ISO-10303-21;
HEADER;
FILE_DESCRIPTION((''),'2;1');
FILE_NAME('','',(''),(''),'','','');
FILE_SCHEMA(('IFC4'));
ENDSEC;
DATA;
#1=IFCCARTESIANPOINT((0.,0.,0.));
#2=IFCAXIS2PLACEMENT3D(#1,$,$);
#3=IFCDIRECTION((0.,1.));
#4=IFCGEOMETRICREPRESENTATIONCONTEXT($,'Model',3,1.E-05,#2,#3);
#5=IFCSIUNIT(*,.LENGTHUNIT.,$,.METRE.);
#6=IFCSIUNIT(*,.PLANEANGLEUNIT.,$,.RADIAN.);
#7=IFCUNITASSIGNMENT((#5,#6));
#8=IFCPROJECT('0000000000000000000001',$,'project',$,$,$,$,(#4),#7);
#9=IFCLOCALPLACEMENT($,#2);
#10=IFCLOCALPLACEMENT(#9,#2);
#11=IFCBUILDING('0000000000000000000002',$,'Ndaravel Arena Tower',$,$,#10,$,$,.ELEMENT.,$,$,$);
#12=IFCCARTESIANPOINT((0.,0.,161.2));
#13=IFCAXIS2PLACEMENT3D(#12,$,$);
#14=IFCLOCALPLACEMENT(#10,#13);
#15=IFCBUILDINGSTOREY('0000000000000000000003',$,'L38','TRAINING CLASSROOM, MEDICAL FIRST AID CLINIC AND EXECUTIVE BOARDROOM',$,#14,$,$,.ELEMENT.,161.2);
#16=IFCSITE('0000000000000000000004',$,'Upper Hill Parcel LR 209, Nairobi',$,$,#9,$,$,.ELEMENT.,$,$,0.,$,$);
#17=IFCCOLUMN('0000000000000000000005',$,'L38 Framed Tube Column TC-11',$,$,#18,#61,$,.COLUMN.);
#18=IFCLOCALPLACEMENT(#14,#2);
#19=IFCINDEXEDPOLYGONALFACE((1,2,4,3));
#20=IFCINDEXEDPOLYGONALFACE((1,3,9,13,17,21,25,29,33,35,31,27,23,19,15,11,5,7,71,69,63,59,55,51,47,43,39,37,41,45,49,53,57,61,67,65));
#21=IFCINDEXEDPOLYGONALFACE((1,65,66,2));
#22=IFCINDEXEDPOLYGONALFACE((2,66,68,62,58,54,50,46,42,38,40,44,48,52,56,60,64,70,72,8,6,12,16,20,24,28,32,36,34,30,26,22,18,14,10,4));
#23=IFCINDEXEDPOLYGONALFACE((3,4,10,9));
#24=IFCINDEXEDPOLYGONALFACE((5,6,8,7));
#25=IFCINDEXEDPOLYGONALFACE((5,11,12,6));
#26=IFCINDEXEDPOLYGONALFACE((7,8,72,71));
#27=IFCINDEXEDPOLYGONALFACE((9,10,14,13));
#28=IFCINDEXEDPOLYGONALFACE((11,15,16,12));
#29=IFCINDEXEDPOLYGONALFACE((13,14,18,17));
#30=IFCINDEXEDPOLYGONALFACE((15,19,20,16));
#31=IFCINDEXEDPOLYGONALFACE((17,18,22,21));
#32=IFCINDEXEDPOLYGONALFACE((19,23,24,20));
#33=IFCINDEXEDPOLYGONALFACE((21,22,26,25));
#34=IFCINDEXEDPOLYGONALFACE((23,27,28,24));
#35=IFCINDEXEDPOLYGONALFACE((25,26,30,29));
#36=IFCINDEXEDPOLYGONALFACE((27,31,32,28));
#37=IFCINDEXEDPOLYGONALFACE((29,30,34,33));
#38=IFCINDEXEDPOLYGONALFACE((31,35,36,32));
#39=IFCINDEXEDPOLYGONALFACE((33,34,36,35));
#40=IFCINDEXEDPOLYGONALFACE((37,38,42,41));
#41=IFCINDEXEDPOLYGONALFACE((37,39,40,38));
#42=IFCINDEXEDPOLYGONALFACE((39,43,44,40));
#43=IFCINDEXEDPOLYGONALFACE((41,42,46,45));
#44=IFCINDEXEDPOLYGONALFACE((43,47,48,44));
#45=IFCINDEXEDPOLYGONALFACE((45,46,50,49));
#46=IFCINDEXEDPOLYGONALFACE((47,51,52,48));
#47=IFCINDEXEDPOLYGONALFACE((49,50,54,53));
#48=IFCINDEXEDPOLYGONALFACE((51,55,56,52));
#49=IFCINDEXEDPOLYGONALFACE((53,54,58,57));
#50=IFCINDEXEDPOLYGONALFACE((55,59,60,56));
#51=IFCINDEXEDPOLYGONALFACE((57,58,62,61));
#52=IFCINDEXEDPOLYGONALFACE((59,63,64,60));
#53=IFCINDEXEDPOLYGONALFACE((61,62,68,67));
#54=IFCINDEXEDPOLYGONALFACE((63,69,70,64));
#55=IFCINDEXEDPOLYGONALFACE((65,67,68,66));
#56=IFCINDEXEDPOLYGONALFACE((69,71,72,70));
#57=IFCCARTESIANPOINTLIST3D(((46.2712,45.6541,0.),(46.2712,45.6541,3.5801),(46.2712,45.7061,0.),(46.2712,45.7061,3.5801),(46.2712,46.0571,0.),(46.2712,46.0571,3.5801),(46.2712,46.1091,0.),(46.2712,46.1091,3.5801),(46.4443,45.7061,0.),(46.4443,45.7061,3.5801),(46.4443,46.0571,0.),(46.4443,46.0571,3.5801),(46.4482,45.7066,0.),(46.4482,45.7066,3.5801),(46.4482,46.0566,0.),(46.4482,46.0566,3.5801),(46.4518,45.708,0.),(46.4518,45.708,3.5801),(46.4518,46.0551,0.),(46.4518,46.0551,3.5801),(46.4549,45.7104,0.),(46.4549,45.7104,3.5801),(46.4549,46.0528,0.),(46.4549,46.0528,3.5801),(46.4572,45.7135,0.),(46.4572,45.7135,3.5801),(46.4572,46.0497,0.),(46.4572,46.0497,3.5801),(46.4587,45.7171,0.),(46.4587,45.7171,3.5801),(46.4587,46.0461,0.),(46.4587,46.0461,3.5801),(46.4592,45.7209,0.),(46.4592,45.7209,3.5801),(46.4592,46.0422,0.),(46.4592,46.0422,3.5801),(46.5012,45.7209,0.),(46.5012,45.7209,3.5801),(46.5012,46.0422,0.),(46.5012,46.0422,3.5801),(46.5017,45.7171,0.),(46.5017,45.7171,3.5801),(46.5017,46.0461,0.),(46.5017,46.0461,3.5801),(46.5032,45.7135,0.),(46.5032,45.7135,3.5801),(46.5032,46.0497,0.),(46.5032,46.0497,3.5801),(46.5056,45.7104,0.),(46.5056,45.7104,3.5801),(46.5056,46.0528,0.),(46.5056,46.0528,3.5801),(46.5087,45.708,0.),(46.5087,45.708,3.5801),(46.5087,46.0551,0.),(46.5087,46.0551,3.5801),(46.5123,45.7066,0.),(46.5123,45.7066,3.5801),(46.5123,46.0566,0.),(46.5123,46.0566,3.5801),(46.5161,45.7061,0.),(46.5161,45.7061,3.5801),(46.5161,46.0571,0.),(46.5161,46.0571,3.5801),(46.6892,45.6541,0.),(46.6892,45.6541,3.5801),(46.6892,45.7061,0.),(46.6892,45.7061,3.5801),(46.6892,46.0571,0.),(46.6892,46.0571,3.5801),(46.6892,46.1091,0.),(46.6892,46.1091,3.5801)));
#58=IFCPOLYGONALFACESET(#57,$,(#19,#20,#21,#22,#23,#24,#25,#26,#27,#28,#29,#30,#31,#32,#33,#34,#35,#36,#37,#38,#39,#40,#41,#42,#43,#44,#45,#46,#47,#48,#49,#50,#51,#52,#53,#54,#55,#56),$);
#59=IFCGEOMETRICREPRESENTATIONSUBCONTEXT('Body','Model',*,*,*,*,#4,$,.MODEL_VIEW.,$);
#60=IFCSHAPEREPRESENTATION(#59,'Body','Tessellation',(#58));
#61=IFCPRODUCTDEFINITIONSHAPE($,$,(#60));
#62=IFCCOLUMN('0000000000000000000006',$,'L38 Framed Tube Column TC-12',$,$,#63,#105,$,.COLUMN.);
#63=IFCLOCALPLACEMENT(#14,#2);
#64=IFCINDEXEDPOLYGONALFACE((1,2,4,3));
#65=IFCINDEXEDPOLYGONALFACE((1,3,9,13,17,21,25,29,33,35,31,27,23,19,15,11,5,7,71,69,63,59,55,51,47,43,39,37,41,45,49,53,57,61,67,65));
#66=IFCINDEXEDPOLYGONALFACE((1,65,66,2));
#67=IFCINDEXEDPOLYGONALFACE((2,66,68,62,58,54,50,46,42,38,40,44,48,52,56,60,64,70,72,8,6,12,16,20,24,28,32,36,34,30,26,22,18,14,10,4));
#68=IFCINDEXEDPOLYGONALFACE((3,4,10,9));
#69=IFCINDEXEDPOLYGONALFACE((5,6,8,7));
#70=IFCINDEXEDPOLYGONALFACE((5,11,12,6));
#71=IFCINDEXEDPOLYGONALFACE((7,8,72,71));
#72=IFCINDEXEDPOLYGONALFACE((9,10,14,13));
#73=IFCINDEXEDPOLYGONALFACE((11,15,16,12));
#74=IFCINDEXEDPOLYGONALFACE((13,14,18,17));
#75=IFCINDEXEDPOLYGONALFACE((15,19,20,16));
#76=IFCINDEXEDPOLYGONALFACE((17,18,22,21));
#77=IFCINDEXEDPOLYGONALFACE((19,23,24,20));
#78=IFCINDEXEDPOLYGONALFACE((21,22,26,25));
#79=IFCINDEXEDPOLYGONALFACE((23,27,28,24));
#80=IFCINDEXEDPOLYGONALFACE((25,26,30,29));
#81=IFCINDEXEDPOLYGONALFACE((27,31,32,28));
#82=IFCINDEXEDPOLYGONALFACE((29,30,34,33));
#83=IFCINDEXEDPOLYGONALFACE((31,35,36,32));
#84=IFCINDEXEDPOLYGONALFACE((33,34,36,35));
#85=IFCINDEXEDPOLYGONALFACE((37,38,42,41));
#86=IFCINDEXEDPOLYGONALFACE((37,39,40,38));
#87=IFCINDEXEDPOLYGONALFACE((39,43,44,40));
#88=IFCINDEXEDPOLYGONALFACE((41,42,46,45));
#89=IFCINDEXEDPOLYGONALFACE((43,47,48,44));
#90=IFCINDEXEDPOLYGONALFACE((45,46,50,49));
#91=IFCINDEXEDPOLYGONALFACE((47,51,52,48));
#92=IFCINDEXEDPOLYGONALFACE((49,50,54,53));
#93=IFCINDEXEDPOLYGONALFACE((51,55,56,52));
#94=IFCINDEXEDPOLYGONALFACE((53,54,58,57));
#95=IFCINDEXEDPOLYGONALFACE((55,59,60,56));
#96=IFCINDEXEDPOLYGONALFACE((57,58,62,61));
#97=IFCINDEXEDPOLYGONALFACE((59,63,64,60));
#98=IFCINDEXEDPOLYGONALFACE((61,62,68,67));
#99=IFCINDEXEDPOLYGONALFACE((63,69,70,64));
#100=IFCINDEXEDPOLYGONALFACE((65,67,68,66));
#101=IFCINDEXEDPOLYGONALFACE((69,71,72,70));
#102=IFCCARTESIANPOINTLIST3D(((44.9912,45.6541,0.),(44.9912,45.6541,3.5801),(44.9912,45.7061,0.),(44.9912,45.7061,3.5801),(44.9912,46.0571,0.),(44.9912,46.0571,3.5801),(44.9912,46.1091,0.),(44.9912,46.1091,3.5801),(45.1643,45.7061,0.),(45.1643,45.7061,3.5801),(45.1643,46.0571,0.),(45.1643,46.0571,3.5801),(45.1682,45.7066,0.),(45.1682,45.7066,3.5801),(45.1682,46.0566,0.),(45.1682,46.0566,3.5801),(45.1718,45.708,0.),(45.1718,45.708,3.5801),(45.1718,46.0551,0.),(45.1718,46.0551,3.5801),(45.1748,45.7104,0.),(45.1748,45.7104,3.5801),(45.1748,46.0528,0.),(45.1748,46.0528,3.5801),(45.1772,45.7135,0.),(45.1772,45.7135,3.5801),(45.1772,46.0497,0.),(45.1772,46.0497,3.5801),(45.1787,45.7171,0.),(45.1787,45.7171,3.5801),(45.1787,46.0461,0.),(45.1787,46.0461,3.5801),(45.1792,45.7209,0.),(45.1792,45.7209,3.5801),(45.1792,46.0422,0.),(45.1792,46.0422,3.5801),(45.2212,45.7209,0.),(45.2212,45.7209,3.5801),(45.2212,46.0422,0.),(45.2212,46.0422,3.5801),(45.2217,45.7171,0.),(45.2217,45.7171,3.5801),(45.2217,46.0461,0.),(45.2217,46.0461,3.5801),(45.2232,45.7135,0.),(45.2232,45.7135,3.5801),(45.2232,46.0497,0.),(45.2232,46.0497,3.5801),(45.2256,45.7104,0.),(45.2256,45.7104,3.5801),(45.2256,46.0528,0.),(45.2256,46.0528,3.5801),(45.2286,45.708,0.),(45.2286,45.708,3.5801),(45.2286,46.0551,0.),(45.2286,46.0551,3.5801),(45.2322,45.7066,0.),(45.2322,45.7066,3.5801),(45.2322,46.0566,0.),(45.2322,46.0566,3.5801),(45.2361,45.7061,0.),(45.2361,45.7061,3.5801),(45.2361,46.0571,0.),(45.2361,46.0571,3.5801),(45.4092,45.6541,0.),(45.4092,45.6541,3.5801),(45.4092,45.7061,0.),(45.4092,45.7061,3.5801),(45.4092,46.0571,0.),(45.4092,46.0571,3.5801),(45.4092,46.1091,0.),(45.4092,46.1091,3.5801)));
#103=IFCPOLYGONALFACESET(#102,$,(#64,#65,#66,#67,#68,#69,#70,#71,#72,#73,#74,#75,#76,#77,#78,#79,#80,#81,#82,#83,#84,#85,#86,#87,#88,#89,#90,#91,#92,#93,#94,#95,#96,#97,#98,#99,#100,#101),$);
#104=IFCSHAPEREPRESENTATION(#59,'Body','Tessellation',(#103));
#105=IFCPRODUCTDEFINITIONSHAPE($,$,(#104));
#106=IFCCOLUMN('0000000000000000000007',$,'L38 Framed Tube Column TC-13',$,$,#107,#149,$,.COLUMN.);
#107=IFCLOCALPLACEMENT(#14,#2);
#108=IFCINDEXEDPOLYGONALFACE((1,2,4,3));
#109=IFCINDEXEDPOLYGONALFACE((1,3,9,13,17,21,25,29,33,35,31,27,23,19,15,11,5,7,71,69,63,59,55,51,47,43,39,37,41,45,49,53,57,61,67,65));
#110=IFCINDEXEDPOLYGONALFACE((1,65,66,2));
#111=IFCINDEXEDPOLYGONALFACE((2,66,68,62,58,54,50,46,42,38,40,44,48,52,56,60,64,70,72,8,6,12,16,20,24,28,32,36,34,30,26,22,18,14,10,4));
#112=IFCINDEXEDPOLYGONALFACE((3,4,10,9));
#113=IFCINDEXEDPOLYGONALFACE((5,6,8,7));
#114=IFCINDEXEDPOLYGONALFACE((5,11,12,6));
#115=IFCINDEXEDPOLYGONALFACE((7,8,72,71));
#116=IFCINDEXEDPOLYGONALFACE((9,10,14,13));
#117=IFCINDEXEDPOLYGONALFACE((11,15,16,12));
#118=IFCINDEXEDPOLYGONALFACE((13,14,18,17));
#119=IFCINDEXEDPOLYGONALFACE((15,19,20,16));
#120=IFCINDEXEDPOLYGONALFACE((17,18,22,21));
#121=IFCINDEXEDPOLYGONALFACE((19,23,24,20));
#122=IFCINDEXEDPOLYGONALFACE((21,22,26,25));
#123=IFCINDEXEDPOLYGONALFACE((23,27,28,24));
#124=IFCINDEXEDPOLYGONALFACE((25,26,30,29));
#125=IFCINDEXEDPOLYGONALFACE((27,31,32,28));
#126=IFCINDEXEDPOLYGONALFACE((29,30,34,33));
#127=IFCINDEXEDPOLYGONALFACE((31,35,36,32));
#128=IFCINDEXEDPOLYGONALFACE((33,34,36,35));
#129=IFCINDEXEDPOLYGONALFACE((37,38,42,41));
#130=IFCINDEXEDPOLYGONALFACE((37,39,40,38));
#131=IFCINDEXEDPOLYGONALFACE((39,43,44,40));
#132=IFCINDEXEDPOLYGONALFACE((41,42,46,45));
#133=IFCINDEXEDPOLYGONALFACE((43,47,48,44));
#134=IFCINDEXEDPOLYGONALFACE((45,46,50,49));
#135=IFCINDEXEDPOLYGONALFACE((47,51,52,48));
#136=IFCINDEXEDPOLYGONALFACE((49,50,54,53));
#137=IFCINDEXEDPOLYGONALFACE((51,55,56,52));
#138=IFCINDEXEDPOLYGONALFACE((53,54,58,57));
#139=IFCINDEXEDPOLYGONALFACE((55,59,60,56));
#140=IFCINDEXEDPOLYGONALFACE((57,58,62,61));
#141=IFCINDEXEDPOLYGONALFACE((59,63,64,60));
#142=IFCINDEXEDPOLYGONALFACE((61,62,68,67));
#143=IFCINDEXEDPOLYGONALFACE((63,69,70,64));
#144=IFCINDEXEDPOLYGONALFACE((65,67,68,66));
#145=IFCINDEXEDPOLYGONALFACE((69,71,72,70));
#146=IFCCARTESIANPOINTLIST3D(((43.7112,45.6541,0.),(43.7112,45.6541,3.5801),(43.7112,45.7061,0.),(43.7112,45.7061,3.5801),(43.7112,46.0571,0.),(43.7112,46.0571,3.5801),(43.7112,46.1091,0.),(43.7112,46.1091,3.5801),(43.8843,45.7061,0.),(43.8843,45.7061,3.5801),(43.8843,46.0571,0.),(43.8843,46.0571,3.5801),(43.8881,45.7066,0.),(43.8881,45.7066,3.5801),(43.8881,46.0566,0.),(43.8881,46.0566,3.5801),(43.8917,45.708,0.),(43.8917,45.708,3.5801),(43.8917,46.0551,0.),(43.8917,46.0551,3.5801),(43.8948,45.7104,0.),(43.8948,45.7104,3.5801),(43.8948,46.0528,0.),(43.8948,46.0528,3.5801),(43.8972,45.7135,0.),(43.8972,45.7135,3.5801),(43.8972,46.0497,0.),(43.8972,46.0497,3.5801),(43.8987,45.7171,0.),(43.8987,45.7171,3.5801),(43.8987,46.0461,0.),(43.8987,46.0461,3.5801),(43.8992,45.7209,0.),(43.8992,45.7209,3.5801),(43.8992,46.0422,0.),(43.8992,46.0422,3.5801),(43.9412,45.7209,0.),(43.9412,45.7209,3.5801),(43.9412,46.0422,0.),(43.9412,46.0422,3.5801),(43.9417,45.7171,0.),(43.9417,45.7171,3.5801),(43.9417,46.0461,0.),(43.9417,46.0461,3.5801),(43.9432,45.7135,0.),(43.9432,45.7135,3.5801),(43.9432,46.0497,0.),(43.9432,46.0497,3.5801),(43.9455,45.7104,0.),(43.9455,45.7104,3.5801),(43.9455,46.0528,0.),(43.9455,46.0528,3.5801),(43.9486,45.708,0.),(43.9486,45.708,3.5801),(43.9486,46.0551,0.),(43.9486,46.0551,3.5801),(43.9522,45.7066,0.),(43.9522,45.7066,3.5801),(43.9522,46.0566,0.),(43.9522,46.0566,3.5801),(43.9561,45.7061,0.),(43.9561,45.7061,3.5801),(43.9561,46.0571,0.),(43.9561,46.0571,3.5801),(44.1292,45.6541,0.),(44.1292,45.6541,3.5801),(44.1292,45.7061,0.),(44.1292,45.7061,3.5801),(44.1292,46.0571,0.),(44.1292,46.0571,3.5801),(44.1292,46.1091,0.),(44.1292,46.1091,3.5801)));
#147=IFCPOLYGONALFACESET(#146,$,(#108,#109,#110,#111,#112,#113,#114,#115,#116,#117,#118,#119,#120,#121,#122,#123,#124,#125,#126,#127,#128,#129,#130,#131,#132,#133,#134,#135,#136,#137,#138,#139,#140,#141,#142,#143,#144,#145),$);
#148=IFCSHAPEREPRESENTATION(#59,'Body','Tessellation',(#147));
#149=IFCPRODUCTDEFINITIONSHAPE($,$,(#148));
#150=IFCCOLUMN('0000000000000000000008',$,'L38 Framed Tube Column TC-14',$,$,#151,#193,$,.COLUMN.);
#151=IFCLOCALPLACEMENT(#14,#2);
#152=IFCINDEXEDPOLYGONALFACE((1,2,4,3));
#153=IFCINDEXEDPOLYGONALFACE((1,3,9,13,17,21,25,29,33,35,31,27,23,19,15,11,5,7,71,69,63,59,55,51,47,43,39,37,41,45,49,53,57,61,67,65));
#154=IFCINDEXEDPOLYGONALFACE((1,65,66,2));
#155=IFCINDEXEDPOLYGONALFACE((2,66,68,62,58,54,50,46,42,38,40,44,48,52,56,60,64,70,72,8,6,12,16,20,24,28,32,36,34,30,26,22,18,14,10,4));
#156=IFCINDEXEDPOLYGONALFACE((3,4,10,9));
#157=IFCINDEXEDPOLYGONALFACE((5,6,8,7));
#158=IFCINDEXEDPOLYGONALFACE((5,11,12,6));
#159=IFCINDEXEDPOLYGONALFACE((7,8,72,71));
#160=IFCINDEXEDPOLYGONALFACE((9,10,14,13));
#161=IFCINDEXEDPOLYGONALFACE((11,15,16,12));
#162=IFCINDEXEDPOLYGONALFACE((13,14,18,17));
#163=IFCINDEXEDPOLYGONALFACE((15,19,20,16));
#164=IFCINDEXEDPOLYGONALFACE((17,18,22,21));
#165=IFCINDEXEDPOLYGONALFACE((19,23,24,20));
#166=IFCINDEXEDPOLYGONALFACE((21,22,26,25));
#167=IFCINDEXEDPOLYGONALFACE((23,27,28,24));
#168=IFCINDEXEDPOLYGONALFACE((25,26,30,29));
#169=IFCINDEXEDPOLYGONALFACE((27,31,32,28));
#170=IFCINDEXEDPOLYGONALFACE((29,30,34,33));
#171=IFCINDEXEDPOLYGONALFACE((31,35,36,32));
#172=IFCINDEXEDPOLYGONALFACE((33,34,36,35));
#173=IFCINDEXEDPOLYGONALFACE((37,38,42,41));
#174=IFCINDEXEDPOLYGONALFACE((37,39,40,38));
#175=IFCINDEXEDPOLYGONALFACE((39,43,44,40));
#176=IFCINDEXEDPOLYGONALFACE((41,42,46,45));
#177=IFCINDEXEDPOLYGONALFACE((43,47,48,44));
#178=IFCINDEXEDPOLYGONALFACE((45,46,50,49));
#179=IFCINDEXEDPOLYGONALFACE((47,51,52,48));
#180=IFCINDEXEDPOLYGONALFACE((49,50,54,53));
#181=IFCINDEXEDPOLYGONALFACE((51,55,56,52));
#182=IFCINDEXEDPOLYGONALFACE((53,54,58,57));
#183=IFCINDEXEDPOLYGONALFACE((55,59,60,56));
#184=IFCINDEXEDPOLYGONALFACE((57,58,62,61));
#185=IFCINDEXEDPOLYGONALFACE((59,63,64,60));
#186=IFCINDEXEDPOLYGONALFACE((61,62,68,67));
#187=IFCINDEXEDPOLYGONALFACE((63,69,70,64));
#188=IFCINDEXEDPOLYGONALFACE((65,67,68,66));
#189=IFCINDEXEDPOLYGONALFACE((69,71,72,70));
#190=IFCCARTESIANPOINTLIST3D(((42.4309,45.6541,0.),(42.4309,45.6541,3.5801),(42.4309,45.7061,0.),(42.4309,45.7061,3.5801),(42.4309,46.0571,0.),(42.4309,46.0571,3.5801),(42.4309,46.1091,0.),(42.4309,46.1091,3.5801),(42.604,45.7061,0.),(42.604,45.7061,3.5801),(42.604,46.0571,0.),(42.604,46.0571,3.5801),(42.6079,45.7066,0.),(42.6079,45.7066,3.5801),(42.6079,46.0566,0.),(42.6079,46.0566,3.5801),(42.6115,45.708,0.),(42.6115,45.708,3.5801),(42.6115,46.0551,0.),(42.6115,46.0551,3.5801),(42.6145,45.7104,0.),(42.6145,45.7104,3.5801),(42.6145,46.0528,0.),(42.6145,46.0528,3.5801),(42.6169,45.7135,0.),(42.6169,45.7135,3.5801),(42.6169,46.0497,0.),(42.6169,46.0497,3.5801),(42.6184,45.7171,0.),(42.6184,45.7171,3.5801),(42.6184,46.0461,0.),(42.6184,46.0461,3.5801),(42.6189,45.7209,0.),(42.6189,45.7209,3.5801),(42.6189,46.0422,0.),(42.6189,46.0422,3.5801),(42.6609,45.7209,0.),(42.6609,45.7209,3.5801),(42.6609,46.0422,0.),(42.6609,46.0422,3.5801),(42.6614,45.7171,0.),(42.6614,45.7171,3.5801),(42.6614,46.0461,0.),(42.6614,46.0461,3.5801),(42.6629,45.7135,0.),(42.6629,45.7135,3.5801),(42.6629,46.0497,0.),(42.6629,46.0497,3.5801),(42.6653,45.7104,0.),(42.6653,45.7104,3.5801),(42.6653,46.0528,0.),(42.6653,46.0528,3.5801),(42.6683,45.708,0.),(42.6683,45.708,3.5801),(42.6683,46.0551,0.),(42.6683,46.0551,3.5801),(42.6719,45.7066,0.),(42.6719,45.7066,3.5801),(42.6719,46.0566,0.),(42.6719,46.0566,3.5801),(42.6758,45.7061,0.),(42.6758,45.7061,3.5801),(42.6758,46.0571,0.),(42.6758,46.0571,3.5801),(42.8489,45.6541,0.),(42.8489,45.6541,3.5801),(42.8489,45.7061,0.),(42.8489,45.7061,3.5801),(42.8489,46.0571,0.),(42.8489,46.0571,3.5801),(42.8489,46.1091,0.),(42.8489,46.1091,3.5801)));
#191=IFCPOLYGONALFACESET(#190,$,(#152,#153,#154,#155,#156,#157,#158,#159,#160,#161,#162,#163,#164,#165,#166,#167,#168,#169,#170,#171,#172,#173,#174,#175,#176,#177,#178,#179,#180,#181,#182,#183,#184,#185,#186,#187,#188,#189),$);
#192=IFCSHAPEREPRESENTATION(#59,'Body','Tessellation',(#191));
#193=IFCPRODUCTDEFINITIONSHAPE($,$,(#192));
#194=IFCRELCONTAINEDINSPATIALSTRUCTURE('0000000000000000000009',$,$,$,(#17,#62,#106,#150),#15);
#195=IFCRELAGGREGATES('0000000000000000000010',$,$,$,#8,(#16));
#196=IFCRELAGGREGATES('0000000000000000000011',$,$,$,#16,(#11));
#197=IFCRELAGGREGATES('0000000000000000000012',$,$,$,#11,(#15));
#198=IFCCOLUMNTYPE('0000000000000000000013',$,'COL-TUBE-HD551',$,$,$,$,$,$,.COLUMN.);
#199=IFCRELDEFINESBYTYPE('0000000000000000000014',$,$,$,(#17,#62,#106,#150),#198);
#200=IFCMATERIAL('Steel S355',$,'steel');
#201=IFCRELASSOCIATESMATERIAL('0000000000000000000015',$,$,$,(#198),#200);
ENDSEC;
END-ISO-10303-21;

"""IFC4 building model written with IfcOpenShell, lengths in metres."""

from ifc_helpers import new_model, si_unit, direction, frame, origin, origin_2d, place, context, subcontext, project, spatial, i_section, extrude, material, material_profile, profile_set, type_object, element, save


model = new_model("IFC4")

# Units and contexts
model_context = context("Model", 3, precision=1e-05, world=origin(), true_north=direction((0.0, 1.0)))
body_context = subcontext(model_context, "Body", "Model", "MODEL_VIEW")
ifc_project = project(units=[si_unit("LENGTHUNIT", "METRE"), si_unit("PLANEANGLEUNIT", "RADIAN")], contexts=[model_context])

# Site, building, storey
site_placement = place(None, origin())
site = spatial("IfcSite", under=ifc_project, at=site_placement, Name="Upper Hill Parcel LR 209, Nairobi", CompositionType="ELEMENT", RefElevation=0.0)
building_placement = place(site_placement, origin())
building = spatial("IfcBuilding", under=site, at=building_placement, Name="Ndaravel Arena Tower", CompositionType="ELEMENT")
storey_placement = place(building_placement, frame((0.0, 0.0, 161.2)))
storey = spatial("IfcBuildingStorey", under=building, at=storey_placement, Name="L38", Description="TRAINING CLASSROOM, MEDICAL FIRST AID CLINIC AND EXECUTIVE BOARDROOM", CompositionType="ELEMENT", Elevation=161.2)

# Columns
ifc_material_1 = material(Name="Steel S355", Category="steel")
ifc_material_profile_1 = material_profile(ifc_material_1, i_section(OverallWidth=0.418, OverallDepth=0.4551, WebThickness=0.042, FlangeThickness=0.052, FilletRadius=0.0149, at=origin_2d()), Name="HD 400x551")
ifc_profile_set_1 = profile_set([ifc_material_profile_1], Name="Steel S355")
column_type = type_object("IfcColumnType", Name="COL-TUBE-HD551", PredefinedType="COLUMN", material=ifc_profile_set_1)
for number, where, z_axis, x_axis, name in (
    (1, (46.4802, 45.8816, 0.0), (0.0, 0.0, 1.0), (1.0, 0.0, 0.0), "L38 Framed Tube Column TC-11"),
    (2, (45.2002, 45.8816, 0.0), (0.0, 0.0, 1.0), (1.0, 0.0, 0.0), "L38 Framed Tube Column TC-12"),
    (3, (43.9202, 45.8816, 0.0), (0.0, 0.0, 1.0), (1.0, 0.0, 0.0), "L38 Framed Tube Column TC-13"),
    (4, (42.6399, 45.8816, 0.0), (0.0, 0.0, 1.0), (1.0, 0.0, 0.0), "L38 Framed Tube Column TC-14"),
):
    element("IfcColumn", number, at=place(storey_placement, frame(where, z_axis=z_axis, x_axis=x_axis)), inside=storey, type_object=column_type, Name=name, PredefinedType="COLUMN", context=body_context, shape_type="SweptSolid", body=[
        extrude(i_section(OverallWidth=0.418, OverallDepth=0.4551, WebThickness=0.042, FlangeThickness=0.052, FilletRadius=0.0149, at=origin_2d()), origin(), (0.0, 0.0, 1.0), 3.5801),
    ])

save(model, "model.ifc")
